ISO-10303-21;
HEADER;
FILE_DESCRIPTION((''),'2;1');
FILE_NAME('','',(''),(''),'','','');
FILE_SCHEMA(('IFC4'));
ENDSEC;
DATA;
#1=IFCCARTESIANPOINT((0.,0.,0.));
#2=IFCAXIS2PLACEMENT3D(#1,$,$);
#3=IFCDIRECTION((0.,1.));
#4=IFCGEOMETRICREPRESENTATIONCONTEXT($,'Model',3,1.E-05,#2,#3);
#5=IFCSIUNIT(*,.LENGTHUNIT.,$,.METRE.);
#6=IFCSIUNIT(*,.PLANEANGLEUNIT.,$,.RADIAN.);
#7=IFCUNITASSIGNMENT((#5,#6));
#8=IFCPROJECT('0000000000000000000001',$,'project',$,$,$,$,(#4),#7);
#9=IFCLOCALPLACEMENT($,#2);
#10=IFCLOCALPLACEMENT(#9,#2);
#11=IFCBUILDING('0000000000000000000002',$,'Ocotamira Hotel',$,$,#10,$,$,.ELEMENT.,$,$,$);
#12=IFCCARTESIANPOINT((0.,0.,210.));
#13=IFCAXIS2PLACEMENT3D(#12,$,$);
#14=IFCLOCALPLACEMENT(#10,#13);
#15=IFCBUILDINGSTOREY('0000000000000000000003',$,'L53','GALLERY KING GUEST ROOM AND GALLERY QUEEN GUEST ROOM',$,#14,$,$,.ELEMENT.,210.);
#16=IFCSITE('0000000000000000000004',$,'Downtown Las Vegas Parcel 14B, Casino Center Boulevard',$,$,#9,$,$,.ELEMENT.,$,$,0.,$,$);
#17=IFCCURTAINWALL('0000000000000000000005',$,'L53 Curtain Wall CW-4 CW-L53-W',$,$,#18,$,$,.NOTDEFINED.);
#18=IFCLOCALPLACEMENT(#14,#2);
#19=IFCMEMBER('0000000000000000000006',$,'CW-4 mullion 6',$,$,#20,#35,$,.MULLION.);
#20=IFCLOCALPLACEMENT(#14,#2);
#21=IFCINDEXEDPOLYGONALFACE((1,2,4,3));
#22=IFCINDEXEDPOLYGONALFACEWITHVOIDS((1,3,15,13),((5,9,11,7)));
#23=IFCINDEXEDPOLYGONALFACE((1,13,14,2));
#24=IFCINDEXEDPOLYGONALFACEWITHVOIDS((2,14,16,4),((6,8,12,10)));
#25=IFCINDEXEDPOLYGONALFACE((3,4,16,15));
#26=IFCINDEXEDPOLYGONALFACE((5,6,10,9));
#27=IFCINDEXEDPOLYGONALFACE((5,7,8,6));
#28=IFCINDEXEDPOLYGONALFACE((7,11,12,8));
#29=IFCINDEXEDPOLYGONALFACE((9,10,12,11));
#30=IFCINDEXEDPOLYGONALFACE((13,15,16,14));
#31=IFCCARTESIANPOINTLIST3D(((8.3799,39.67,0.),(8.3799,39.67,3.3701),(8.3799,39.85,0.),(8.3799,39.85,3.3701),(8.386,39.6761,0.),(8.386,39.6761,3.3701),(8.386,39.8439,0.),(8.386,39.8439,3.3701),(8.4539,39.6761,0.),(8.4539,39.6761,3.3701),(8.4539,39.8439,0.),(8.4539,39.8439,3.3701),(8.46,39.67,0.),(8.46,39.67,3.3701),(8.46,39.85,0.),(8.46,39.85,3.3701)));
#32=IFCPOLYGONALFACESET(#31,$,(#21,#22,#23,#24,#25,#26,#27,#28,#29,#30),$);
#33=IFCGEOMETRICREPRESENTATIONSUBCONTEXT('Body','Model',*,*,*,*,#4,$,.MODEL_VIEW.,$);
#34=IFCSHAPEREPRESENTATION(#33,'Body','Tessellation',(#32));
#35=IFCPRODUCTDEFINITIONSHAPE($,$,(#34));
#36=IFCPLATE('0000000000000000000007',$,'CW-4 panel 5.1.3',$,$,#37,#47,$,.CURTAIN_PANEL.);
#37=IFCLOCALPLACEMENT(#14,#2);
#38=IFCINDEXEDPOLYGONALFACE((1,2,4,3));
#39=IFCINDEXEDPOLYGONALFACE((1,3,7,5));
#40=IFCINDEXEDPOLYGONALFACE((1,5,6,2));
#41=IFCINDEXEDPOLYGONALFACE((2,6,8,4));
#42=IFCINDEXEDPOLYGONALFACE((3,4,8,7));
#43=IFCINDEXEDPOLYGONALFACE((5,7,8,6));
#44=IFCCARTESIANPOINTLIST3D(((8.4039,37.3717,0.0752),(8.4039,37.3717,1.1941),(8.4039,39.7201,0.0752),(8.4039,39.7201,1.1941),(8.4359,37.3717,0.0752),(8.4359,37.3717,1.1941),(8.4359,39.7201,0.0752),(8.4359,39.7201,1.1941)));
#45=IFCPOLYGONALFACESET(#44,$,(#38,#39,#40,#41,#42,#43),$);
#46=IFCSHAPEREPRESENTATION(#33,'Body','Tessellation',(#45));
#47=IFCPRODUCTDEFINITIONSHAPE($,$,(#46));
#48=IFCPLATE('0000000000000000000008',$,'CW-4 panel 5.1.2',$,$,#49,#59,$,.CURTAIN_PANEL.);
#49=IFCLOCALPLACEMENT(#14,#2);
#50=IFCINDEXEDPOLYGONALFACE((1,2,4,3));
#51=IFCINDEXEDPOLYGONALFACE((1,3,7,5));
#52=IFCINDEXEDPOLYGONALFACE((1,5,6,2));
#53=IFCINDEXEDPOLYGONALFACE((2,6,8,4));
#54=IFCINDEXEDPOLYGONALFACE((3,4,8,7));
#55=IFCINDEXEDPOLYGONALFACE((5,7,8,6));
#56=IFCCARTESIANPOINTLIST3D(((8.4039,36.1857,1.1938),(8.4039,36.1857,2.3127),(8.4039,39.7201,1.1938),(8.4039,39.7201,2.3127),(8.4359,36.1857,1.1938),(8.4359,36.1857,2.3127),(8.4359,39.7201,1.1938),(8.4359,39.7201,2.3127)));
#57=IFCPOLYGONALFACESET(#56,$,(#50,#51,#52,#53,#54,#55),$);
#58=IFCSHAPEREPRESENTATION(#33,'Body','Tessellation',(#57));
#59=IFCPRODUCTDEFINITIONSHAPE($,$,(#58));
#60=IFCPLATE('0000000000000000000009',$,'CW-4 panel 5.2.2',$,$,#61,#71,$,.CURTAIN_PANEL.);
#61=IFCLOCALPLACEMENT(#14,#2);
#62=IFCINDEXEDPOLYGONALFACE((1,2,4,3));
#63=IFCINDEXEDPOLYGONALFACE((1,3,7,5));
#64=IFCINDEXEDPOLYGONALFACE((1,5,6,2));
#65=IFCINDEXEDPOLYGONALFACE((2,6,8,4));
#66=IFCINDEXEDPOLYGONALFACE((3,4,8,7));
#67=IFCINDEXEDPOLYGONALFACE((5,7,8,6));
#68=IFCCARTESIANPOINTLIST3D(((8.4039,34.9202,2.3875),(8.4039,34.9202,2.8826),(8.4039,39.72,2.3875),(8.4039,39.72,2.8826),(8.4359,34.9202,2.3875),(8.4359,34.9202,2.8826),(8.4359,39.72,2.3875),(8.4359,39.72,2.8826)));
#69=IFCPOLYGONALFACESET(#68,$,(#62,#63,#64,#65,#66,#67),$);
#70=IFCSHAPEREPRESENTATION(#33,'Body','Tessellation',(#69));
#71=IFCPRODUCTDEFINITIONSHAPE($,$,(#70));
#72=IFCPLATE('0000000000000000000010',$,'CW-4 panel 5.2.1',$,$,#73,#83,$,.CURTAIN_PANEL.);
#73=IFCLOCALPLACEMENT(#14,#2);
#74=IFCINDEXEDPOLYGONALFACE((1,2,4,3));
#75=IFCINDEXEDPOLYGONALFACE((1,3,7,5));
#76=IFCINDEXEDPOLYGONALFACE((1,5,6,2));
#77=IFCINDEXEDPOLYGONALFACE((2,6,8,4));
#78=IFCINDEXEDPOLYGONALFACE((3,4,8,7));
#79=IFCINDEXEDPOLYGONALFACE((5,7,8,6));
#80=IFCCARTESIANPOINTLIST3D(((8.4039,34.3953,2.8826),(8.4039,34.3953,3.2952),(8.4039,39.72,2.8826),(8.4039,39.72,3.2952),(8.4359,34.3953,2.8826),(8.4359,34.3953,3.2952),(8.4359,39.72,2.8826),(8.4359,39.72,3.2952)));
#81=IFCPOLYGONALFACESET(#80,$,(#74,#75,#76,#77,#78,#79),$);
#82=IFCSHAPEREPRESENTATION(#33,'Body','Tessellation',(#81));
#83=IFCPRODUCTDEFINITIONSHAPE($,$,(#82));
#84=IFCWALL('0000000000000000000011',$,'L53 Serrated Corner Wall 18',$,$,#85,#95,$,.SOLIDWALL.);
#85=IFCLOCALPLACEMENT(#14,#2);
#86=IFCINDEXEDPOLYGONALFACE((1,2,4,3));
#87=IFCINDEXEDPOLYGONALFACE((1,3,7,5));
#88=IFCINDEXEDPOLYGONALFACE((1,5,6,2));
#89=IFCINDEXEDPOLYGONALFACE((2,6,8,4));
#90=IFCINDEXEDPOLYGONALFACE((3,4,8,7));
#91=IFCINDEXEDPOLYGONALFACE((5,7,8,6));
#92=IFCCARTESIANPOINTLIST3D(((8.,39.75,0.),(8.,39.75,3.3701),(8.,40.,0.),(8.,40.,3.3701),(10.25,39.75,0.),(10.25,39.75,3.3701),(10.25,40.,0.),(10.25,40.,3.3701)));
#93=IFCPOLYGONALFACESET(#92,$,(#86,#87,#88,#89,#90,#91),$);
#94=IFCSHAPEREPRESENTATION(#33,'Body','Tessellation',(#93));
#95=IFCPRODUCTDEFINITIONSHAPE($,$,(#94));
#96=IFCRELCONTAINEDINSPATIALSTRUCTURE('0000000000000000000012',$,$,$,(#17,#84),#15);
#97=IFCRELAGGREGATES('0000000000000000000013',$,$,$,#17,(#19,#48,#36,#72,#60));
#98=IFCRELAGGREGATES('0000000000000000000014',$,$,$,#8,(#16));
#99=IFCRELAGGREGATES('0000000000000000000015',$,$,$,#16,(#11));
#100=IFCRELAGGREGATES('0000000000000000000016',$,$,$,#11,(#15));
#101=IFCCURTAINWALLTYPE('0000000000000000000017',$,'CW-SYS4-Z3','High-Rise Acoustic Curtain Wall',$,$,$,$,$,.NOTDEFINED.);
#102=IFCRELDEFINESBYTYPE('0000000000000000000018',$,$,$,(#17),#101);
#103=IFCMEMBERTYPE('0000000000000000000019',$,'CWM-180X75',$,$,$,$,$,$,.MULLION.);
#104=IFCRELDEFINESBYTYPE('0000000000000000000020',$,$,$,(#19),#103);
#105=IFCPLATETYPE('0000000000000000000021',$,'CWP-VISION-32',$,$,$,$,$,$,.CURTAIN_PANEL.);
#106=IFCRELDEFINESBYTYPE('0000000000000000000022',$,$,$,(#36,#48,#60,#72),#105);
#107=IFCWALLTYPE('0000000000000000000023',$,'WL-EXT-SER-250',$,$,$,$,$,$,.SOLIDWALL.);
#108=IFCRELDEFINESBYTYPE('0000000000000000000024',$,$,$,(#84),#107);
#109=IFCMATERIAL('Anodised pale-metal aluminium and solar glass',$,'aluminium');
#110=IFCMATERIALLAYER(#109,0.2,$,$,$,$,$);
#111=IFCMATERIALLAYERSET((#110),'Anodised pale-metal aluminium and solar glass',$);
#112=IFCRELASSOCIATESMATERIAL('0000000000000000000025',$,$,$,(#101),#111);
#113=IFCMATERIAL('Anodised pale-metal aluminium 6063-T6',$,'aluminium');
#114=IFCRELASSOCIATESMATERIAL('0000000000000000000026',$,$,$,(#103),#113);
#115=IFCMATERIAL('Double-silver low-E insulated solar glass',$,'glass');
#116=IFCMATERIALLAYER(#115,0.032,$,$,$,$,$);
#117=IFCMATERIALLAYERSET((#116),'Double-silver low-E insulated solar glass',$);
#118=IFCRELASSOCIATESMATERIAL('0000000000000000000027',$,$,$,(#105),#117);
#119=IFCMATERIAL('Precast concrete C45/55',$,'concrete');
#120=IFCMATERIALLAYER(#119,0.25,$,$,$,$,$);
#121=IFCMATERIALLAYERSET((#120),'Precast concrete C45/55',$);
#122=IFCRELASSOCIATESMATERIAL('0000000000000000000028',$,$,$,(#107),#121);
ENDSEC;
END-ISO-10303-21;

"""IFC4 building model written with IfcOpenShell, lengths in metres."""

from ifc_helpers import new_model, si_unit, direction, frame, frame_2d, origin, origin_2d, place, context, subcontext, project, spatial, rectangle, hollow_rectangle, extrude, source, transform, mapped, material, layer, layer_set, material_profile, profile_set, type_object, element, aggregate, save


model = new_model("IFC4")

# Units and contexts
model_context = context("Model", 3, precision=1e-05, world=origin(), true_north=direction((0.0, 1.0)))
body_context = subcontext(model_context, "Body", "Model", "MODEL_VIEW")
ifc_project = project(units=[si_unit("LENGTHUNIT", "METRE"), si_unit("PLANEANGLEUNIT", "RADIAN")], contexts=[model_context])

# Site, building, storey
site_placement = place(None, origin())
site = spatial("IfcSite", under=ifc_project, at=site_placement, Name="Downtown Las Vegas Parcel 14B, Casino Center Boulevard", CompositionType="ELEMENT", RefElevation=0.0)
building_placement = place(site_placement, origin())
building = spatial("IfcBuilding", under=site, at=building_placement, Name="Ocotamira Hotel", CompositionType="ELEMENT")
storey_placement = place(building_placement, frame((0.0, 0.0, 210.0)))
storey = spatial("IfcBuildingStorey", under=building, at=storey_placement, Name="L53", Description="GALLERY KING GUEST ROOM AND GALLERY QUEEN GUEST ROOM", CompositionType="ELEMENT", Elevation=210.0)

# Curtain wall, member, plates
ifc_material_1 = material(Name="Anodised pale-metal aluminium and solar glass", Category="aluminium")
ifc_layer_1 = layer(ifc_material_1, 0.2)
ifc_layer_set_1 = layer_set([ifc_layer_1], Name="Anodised pale-metal aluminium and solar glass")
curtain_wall_type = type_object("IfcCurtainWallType", Name="CW-SYS4-Z3", Description="High-Rise Acoustic Curtain Wall", PredefinedType="NOTDEFINED", material=ifc_layer_set_1)
curtain_wall_placement = place(storey_placement, origin())
curtain_wall = element("IfcCurtainWall", 1, at=curtain_wall_placement, inside=storey, type_object=curtain_wall_type, Name="L53 Curtain Wall CW-4 CW-L53-W", PredefinedType="NOTDEFINED")
ifc_material_2 = material(Name="Anodised pale-metal aluminium 6063-T6", Category="aluminium")
ifc_material_profile_1 = material_profile(ifc_material_2, hollow_rectangle(XDim=0.0801, YDim=0.1799, WallThickness=0.0061, at=origin_2d()), Name="HSS180X80X6")
ifc_profile_set_1 = profile_set([ifc_material_profile_1], Name="Anodised pale-metal aluminium 6063-T6")
member_type_1 = type_object("IfcMemberType", Name="CWM-180X75", PredefinedType="MULLION", material=ifc_profile_set_1)
shared_shape_1 = source(origin(), body_context, "Body", "SweptSolid", [
    extrude(hollow_rectangle(XDim=0.0801, YDim=0.1799, WallThickness=0.0061, at=origin_2d()), origin(), (0.0, 0.0, 1.0), 3.3701),
])
member_1_placement = place(storey_placement, frame((8.4199, 39.76, 0.0), z_axis=(0.0, 0.0, 1.0), x_axis=(-1.0, 0.0, 0.0)))
member_1 = element("IfcMember", 2, at=member_1_placement, type_object=member_type_1, Name="CW-4 mullion 6", PredefinedType="MULLION", context=body_context, shape_type="MappedRepresentation", body=[
    mapped(shared_shape_1, transform((0.0, 0.0, 0.0), scale=1.0)),
])
ifc_material_3 = material(Name="Double-silver low-E insulated solar glass", Category="glass")
ifc_layer_2 = layer(ifc_material_3, 0.032)
ifc_layer_set_2 = layer_set([ifc_layer_2], Name="Double-silver low-E insulated solar glass")
plate_type = type_object("IfcPlateType", Name="CWP-VISION-32", PredefinedType="CURTAIN_PANEL", material=ifc_layer_set_2)
shared_shape_2 = source(origin(), body_context, "Body", "SweptSolid", [
    extrude(rectangle(XDim=2.3484, YDim=0.032, at=origin_2d()), origin(), (0.0, 0.0, 1.0), 1.1189),
])
plate_1_placement = place(storey_placement, frame((8.4199, 38.5459, 0.0752), z_axis=(0.0, 0.0, 1.0), x_axis=(0.0, 1.0, 0.0)))
plate_1 = element("IfcPlate", 3, at=plate_1_placement, type_object=plate_type, Name="CW-4 panel 5.1.3", PredefinedType="CURTAIN_PANEL", context=body_context, shape_type="MappedRepresentation", body=[
    mapped(shared_shape_2, transform((0.0, 0.0, 0.0), scale=1.0)),
])
shared_shape_3 = source(origin(), body_context, "Body", "SweptSolid", [
    extrude(rectangle(XDim=3.5344, YDim=0.032, at=origin_2d()), origin(), (0.0, 0.0, 1.0), 1.1189),
])
plate_2_placement = place(storey_placement, frame((8.4199, 37.9529, 1.1938), z_axis=(0.0, 0.0, 1.0), x_axis=(0.0, 1.0, 0.0)))
plate_2 = element("IfcPlate", 4, at=plate_2_placement, type_object=plate_type, Name="CW-4 panel 5.1.2", PredefinedType="CURTAIN_PANEL", context=body_context, shape_type="MappedRepresentation", body=[
    mapped(shared_shape_3, transform((0.0, 0.0, 0.0), scale=1.0)),
])
shared_shape_4 = source(origin(), body_context, "Body", "SweptSolid", [
    extrude(rectangle(XDim=4.7998, YDim=0.032, at=origin_2d()), origin(), (0.0, 0.0, 1.0), 0.4951),
])
plate_3_placement = place(storey_placement, frame((8.4199, 37.3201, 2.3875), z_axis=(0.0, 0.0, 1.0), x_axis=(0.0, 1.0, 0.0)))
plate_3 = element("IfcPlate", 5, at=plate_3_placement, type_object=plate_type, Name="CW-4 panel 5.2.2", PredefinedType="CURTAIN_PANEL", context=body_context, shape_type="MappedRepresentation", body=[
    mapped(shared_shape_4, transform((0.0, 0.0, 0.0), scale=1.0)),
])
shared_shape_5 = source(origin(), body_context, "Body", "SweptSolid", [
    extrude(rectangle(XDim=5.3247, YDim=0.032, at=origin_2d()), origin(), (0.0, 0.0, 1.0), 0.4126),
])
plate_4_placement = place(storey_placement, frame((8.4199, 37.0576, 2.8826), z_axis=(0.0, 0.0, 1.0), x_axis=(0.0, 1.0, 0.0)))
plate_4 = element("IfcPlate", 6, at=plate_4_placement, type_object=plate_type, Name="CW-4 panel 5.2.1", PredefinedType="CURTAIN_PANEL", context=body_context, shape_type="MappedRepresentation", body=[
    mapped(shared_shape_5, transform((0.0, 0.0, 0.0), scale=1.0)),
])
aggregate(curtain_wall, [member_1, plate_2, plate_1, plate_4, plate_3])

# Wall
ifc_material_4 = material(Name="Precast concrete C45/55", Category="concrete")
ifc_layer_3 = layer(ifc_material_4, 0.25)
ifc_layer_set_3 = layer_set([ifc_layer_3], Name="Precast concrete C45/55")
wall_type_1 = type_object("IfcWallType", Name="WL-EXT-SER-250", PredefinedType="SOLIDWALL", material=ifc_layer_set_3)
wall_1_placement = place(storey_placement, frame((10.25, 39.875, 0.0), z_axis=(0.0, 0.0, 1.0), x_axis=(-1.0, 0.0, 0.0)))
element("IfcWall", 7, at=wall_1_placement, inside=storey, type_object=wall_type_1, Name="L53 Serrated Corner Wall 18", PredefinedType="SOLIDWALL", context=body_context, shape_type="SweptSolid", body=[
    extrude(rectangle(XDim=2.25, YDim=0.25, at=frame_2d((1.125, 0.0))), origin(), (0.0, 0.0, 1.0), 3.3701),
])

save(model, "model.ifc")
